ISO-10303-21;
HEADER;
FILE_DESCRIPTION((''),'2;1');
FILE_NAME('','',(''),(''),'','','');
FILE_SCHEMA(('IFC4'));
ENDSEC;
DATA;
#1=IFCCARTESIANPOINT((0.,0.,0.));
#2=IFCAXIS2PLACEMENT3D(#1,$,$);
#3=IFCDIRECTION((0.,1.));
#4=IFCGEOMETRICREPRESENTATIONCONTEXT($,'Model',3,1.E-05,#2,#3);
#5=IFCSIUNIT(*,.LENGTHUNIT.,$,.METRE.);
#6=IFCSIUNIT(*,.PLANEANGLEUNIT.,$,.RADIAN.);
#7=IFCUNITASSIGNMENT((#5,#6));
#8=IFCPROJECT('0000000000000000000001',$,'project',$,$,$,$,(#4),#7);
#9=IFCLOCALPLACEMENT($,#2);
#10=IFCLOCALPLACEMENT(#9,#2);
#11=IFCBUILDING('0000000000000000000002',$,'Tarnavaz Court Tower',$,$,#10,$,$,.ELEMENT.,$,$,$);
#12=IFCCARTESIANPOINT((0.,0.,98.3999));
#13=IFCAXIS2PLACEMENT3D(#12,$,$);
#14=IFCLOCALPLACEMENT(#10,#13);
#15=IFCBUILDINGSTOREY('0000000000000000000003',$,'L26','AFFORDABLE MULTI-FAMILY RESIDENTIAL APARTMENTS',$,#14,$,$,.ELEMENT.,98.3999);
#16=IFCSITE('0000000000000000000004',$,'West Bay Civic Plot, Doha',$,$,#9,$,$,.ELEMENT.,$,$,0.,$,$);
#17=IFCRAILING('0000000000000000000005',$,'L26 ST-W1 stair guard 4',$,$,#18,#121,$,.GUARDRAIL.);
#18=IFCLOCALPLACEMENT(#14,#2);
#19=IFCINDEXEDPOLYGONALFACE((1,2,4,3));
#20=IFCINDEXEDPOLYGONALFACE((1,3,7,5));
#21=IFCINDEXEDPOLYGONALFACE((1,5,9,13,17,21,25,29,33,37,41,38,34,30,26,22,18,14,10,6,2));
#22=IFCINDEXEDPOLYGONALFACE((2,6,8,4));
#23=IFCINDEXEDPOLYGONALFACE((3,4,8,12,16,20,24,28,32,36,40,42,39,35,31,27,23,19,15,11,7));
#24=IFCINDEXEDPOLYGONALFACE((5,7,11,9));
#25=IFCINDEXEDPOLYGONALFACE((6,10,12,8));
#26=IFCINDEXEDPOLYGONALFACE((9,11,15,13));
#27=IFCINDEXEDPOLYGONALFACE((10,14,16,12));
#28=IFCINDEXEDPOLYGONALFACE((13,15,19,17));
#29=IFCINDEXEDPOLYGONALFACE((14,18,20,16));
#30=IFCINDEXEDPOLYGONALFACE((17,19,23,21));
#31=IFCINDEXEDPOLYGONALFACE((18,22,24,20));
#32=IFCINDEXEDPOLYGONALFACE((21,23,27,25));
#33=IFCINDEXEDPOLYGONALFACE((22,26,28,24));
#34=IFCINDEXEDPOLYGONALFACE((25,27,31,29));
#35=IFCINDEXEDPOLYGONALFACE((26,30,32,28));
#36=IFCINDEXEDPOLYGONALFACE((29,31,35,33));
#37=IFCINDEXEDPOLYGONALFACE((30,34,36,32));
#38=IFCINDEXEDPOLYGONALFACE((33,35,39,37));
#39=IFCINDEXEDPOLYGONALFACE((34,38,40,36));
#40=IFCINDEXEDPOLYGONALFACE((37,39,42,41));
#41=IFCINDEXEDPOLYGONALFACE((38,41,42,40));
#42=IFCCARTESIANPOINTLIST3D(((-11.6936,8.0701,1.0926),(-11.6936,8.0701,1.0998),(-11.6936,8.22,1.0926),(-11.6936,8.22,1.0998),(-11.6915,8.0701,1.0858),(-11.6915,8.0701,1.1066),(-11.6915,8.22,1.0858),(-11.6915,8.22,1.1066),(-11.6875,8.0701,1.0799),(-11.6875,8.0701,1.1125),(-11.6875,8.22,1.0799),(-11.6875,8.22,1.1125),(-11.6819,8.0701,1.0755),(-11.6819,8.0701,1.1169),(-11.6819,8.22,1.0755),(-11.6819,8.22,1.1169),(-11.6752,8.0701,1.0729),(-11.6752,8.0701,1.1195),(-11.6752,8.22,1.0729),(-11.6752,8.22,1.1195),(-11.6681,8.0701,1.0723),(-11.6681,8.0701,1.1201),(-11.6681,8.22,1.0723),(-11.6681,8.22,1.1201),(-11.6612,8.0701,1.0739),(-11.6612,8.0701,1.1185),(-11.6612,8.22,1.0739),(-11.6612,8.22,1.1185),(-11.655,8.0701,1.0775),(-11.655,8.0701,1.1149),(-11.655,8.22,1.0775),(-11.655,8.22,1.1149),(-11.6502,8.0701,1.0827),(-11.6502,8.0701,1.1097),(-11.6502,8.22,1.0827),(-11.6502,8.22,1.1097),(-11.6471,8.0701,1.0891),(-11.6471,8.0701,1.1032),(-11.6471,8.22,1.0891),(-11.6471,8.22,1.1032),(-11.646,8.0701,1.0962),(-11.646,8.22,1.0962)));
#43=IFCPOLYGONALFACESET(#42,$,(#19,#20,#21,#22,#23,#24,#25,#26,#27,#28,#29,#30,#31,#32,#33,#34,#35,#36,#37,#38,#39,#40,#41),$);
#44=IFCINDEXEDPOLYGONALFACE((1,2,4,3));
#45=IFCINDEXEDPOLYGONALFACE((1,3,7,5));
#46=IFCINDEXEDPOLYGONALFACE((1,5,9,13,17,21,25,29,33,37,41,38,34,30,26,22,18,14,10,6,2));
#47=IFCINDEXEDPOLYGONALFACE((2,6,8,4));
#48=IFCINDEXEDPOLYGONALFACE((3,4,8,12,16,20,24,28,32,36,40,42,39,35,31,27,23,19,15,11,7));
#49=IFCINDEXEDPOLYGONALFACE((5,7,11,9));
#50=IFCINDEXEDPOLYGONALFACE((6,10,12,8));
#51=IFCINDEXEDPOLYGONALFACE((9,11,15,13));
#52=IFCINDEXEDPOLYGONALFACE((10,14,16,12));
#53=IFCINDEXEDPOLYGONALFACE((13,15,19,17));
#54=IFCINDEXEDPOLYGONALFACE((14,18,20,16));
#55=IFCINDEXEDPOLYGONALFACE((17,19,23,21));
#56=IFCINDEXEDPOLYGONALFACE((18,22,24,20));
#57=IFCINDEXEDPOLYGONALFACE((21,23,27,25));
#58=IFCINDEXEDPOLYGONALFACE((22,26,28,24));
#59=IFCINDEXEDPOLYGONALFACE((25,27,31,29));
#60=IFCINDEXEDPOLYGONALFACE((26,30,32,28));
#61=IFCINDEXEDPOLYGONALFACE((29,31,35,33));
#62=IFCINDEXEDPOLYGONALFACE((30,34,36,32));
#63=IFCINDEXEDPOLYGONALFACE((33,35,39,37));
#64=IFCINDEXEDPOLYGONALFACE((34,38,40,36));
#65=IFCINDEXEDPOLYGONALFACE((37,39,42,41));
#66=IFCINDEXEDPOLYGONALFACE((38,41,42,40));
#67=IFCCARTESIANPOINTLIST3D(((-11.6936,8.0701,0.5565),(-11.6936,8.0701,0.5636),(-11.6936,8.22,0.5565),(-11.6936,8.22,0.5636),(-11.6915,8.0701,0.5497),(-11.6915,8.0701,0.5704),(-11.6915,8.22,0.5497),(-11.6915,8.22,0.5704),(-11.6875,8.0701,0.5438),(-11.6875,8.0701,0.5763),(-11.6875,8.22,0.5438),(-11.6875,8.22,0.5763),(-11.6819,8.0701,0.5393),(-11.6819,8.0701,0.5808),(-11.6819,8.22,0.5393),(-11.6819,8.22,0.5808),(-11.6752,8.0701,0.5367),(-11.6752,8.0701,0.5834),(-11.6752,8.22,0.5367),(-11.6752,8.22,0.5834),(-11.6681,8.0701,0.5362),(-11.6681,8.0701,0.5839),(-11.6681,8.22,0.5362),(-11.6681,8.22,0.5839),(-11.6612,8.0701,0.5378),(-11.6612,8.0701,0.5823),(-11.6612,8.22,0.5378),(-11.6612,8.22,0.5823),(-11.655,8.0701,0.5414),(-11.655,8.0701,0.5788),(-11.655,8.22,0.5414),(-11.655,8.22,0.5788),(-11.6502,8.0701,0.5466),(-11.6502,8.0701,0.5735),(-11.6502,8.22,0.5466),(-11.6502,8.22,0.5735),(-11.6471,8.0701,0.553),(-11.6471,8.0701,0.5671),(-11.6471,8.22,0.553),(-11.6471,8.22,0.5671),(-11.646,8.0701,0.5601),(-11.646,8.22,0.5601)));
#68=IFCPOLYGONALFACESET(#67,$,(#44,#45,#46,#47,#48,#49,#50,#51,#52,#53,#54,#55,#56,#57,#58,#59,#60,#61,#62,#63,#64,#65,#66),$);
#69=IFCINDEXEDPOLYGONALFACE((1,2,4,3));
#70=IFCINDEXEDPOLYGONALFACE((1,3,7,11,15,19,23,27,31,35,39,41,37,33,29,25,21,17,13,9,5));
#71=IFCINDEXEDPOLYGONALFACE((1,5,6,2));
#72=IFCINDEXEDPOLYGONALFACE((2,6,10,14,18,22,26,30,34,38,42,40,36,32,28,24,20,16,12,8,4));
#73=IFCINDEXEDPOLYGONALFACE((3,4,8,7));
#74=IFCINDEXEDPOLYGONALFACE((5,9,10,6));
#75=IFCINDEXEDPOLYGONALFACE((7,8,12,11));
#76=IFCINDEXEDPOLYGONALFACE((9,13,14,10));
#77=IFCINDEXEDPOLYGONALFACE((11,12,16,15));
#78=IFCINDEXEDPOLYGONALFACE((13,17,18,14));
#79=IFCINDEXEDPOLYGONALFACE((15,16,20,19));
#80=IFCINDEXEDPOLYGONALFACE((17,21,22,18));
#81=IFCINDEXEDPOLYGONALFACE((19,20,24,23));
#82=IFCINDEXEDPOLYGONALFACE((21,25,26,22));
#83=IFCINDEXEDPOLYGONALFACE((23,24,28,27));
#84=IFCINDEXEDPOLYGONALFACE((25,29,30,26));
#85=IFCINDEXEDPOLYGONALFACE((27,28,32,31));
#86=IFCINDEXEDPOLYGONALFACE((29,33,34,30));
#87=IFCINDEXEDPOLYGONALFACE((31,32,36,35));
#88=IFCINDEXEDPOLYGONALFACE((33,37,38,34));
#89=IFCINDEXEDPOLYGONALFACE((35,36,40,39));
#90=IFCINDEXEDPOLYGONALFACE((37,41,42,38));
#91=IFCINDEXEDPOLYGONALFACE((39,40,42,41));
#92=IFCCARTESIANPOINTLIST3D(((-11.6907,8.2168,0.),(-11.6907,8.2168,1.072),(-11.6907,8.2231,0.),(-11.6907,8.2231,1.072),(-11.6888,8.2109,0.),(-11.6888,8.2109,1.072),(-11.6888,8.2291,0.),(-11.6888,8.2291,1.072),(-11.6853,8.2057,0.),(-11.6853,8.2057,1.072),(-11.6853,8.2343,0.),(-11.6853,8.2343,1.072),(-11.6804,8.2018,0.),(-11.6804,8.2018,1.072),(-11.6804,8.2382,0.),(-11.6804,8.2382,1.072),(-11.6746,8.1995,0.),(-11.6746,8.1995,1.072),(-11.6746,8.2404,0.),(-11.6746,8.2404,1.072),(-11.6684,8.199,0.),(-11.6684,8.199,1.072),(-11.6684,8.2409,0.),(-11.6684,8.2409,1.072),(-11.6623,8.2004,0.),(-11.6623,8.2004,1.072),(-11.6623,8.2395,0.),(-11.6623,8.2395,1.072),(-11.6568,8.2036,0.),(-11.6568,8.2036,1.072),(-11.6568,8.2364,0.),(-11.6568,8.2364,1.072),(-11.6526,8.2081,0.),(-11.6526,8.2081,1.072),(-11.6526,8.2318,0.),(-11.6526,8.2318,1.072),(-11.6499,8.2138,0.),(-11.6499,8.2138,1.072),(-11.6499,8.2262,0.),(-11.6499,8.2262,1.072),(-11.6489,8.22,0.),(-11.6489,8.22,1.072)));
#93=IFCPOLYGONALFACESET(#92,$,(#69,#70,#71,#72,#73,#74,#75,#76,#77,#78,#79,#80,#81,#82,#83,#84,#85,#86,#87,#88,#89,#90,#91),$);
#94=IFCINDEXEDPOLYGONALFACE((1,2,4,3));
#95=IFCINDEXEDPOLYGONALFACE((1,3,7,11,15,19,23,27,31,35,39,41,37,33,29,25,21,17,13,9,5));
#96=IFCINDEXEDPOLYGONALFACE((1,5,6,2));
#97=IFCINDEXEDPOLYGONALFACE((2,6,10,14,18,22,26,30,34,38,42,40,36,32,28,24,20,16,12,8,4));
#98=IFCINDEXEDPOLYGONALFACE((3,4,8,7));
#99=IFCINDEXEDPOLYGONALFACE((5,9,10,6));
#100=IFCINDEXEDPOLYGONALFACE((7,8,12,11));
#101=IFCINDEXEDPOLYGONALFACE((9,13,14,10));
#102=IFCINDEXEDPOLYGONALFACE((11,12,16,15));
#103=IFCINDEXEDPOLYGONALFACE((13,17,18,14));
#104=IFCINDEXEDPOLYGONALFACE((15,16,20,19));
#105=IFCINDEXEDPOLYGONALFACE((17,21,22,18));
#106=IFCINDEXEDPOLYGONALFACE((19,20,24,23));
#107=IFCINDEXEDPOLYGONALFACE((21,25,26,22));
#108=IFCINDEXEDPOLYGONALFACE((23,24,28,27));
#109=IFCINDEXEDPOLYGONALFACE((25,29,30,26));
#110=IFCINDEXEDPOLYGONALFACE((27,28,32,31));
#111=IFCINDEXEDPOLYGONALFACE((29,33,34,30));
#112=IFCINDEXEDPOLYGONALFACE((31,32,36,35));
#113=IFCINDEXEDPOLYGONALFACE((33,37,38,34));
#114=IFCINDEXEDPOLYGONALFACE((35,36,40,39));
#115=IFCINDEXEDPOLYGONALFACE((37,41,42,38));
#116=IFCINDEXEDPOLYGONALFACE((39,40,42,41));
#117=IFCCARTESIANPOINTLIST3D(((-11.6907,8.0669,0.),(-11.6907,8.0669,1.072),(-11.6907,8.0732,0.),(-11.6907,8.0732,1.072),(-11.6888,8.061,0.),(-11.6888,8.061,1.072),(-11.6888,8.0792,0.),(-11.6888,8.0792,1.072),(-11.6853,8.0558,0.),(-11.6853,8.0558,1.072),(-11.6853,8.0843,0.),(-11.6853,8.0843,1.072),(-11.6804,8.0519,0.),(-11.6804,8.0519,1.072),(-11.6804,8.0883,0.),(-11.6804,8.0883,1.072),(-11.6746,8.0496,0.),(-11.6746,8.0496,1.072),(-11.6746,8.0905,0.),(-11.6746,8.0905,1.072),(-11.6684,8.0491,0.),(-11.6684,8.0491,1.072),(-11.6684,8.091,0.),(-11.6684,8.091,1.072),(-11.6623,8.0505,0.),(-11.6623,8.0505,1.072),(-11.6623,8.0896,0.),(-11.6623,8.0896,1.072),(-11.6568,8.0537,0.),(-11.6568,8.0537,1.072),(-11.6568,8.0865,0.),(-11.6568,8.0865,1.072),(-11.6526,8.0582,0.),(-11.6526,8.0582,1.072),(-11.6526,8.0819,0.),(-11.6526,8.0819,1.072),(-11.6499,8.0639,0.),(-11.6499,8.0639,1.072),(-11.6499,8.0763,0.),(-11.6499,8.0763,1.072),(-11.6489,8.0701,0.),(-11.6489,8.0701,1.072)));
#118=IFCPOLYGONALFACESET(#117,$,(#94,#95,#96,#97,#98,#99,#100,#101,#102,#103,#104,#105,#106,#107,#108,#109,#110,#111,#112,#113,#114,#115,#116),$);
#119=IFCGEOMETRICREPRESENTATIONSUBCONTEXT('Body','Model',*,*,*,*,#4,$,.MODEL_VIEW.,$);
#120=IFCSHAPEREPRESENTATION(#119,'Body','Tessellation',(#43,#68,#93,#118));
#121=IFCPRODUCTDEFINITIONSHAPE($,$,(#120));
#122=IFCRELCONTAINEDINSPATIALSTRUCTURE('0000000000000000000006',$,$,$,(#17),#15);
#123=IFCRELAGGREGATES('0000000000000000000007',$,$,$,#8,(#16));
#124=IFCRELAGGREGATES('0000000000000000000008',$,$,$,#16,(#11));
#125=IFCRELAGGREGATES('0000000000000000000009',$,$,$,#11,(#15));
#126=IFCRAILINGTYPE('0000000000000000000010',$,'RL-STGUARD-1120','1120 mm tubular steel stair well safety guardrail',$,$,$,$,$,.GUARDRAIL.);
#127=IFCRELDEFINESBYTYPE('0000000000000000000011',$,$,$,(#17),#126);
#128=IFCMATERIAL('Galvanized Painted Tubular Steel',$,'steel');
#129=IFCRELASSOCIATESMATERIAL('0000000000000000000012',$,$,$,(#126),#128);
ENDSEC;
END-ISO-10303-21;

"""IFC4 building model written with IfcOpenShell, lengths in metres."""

from ifc_helpers import new_model, si_unit, direction, frame, origin, origin_2d, place, context, subcontext, project, spatial, circle, extrude, material, type_object, element, save


model = new_model("IFC4")

# Units and contexts
model_context = context("Model", 3, precision=1e-05, world=origin(), true_north=direction((0.0, 1.0)))
body_context = subcontext(model_context, "Body", "Model", "MODEL_VIEW")
ifc_project = project(units=[si_unit("LENGTHUNIT", "METRE"), si_unit("PLANEANGLEUNIT", "RADIAN")], contexts=[model_context])

# Site, building, storey
site_placement = place(None, origin())
site = spatial("IfcSite", under=ifc_project, at=site_placement, Name="West Bay Civic Plot, Doha", CompositionType="ELEMENT", RefElevation=0.0)
building_placement = place(site_placement, origin())
building = spatial("IfcBuilding", under=site, at=building_placement, Name="Tarnavaz Court Tower", CompositionType="ELEMENT")
storey_placement = place(building_placement, frame((0.0, 0.0, 98.3999)))
storey = spatial("IfcBuildingStorey", under=building, at=storey_placement, Name="L26", Description="AFFORDABLE MULTI-FAMILY RESIDENTIAL APARTMENTS", CompositionType="ELEMENT", Elevation=98.3999)

# Railing
ifc_material_1 = material(Name="Galvanized Painted Tubular Steel", Category="steel")
railing_type_1 = type_object("IfcRailingType", Name="RL-STGUARD-1120", Description="1120 mm tubular steel stair well safety guardrail", PredefinedType="GUARDRAIL", material=ifc_material_1)
railing_1_placement = place(storey_placement, frame((-11.6699, 8.22, 0.0)))
element("IfcRailing", 1, at=railing_1_placement, inside=storey, type_object=railing_type_1, Name="L26 ST-W1 stair guard 4", PredefinedType="GUARDRAIL", context=body_context, shape_type="SweptSolid", body=[
    extrude(circle(Radius=0.0239, at=origin_2d()), frame((0.0, 0.0, 1.0962), z_axis=(0.0, -1.0, 0.0), x_axis=(1.0, 0.0, 0.0)), (0.0, 0.0, 1.0), 0.1499),
    extrude(circle(Radius=0.0239, at=origin_2d()), frame((0.0, 0.0, 0.5601), z_axis=(0.0, -1.0, 0.0), x_axis=(1.0, 0.0, 0.0)), (0.0, 0.0, 1.0), 0.1499),
    extrude(circle(Radius=0.021, at=origin_2d()), origin(), (0.0, 0.0, 1.0), 1.072),
    extrude(circle(Radius=0.021, at=origin_2d()), frame((0.0, -0.1499, 0.0)), (0.0, 0.0, 1.0), 1.072),
])

save(model, "model.ifc")
